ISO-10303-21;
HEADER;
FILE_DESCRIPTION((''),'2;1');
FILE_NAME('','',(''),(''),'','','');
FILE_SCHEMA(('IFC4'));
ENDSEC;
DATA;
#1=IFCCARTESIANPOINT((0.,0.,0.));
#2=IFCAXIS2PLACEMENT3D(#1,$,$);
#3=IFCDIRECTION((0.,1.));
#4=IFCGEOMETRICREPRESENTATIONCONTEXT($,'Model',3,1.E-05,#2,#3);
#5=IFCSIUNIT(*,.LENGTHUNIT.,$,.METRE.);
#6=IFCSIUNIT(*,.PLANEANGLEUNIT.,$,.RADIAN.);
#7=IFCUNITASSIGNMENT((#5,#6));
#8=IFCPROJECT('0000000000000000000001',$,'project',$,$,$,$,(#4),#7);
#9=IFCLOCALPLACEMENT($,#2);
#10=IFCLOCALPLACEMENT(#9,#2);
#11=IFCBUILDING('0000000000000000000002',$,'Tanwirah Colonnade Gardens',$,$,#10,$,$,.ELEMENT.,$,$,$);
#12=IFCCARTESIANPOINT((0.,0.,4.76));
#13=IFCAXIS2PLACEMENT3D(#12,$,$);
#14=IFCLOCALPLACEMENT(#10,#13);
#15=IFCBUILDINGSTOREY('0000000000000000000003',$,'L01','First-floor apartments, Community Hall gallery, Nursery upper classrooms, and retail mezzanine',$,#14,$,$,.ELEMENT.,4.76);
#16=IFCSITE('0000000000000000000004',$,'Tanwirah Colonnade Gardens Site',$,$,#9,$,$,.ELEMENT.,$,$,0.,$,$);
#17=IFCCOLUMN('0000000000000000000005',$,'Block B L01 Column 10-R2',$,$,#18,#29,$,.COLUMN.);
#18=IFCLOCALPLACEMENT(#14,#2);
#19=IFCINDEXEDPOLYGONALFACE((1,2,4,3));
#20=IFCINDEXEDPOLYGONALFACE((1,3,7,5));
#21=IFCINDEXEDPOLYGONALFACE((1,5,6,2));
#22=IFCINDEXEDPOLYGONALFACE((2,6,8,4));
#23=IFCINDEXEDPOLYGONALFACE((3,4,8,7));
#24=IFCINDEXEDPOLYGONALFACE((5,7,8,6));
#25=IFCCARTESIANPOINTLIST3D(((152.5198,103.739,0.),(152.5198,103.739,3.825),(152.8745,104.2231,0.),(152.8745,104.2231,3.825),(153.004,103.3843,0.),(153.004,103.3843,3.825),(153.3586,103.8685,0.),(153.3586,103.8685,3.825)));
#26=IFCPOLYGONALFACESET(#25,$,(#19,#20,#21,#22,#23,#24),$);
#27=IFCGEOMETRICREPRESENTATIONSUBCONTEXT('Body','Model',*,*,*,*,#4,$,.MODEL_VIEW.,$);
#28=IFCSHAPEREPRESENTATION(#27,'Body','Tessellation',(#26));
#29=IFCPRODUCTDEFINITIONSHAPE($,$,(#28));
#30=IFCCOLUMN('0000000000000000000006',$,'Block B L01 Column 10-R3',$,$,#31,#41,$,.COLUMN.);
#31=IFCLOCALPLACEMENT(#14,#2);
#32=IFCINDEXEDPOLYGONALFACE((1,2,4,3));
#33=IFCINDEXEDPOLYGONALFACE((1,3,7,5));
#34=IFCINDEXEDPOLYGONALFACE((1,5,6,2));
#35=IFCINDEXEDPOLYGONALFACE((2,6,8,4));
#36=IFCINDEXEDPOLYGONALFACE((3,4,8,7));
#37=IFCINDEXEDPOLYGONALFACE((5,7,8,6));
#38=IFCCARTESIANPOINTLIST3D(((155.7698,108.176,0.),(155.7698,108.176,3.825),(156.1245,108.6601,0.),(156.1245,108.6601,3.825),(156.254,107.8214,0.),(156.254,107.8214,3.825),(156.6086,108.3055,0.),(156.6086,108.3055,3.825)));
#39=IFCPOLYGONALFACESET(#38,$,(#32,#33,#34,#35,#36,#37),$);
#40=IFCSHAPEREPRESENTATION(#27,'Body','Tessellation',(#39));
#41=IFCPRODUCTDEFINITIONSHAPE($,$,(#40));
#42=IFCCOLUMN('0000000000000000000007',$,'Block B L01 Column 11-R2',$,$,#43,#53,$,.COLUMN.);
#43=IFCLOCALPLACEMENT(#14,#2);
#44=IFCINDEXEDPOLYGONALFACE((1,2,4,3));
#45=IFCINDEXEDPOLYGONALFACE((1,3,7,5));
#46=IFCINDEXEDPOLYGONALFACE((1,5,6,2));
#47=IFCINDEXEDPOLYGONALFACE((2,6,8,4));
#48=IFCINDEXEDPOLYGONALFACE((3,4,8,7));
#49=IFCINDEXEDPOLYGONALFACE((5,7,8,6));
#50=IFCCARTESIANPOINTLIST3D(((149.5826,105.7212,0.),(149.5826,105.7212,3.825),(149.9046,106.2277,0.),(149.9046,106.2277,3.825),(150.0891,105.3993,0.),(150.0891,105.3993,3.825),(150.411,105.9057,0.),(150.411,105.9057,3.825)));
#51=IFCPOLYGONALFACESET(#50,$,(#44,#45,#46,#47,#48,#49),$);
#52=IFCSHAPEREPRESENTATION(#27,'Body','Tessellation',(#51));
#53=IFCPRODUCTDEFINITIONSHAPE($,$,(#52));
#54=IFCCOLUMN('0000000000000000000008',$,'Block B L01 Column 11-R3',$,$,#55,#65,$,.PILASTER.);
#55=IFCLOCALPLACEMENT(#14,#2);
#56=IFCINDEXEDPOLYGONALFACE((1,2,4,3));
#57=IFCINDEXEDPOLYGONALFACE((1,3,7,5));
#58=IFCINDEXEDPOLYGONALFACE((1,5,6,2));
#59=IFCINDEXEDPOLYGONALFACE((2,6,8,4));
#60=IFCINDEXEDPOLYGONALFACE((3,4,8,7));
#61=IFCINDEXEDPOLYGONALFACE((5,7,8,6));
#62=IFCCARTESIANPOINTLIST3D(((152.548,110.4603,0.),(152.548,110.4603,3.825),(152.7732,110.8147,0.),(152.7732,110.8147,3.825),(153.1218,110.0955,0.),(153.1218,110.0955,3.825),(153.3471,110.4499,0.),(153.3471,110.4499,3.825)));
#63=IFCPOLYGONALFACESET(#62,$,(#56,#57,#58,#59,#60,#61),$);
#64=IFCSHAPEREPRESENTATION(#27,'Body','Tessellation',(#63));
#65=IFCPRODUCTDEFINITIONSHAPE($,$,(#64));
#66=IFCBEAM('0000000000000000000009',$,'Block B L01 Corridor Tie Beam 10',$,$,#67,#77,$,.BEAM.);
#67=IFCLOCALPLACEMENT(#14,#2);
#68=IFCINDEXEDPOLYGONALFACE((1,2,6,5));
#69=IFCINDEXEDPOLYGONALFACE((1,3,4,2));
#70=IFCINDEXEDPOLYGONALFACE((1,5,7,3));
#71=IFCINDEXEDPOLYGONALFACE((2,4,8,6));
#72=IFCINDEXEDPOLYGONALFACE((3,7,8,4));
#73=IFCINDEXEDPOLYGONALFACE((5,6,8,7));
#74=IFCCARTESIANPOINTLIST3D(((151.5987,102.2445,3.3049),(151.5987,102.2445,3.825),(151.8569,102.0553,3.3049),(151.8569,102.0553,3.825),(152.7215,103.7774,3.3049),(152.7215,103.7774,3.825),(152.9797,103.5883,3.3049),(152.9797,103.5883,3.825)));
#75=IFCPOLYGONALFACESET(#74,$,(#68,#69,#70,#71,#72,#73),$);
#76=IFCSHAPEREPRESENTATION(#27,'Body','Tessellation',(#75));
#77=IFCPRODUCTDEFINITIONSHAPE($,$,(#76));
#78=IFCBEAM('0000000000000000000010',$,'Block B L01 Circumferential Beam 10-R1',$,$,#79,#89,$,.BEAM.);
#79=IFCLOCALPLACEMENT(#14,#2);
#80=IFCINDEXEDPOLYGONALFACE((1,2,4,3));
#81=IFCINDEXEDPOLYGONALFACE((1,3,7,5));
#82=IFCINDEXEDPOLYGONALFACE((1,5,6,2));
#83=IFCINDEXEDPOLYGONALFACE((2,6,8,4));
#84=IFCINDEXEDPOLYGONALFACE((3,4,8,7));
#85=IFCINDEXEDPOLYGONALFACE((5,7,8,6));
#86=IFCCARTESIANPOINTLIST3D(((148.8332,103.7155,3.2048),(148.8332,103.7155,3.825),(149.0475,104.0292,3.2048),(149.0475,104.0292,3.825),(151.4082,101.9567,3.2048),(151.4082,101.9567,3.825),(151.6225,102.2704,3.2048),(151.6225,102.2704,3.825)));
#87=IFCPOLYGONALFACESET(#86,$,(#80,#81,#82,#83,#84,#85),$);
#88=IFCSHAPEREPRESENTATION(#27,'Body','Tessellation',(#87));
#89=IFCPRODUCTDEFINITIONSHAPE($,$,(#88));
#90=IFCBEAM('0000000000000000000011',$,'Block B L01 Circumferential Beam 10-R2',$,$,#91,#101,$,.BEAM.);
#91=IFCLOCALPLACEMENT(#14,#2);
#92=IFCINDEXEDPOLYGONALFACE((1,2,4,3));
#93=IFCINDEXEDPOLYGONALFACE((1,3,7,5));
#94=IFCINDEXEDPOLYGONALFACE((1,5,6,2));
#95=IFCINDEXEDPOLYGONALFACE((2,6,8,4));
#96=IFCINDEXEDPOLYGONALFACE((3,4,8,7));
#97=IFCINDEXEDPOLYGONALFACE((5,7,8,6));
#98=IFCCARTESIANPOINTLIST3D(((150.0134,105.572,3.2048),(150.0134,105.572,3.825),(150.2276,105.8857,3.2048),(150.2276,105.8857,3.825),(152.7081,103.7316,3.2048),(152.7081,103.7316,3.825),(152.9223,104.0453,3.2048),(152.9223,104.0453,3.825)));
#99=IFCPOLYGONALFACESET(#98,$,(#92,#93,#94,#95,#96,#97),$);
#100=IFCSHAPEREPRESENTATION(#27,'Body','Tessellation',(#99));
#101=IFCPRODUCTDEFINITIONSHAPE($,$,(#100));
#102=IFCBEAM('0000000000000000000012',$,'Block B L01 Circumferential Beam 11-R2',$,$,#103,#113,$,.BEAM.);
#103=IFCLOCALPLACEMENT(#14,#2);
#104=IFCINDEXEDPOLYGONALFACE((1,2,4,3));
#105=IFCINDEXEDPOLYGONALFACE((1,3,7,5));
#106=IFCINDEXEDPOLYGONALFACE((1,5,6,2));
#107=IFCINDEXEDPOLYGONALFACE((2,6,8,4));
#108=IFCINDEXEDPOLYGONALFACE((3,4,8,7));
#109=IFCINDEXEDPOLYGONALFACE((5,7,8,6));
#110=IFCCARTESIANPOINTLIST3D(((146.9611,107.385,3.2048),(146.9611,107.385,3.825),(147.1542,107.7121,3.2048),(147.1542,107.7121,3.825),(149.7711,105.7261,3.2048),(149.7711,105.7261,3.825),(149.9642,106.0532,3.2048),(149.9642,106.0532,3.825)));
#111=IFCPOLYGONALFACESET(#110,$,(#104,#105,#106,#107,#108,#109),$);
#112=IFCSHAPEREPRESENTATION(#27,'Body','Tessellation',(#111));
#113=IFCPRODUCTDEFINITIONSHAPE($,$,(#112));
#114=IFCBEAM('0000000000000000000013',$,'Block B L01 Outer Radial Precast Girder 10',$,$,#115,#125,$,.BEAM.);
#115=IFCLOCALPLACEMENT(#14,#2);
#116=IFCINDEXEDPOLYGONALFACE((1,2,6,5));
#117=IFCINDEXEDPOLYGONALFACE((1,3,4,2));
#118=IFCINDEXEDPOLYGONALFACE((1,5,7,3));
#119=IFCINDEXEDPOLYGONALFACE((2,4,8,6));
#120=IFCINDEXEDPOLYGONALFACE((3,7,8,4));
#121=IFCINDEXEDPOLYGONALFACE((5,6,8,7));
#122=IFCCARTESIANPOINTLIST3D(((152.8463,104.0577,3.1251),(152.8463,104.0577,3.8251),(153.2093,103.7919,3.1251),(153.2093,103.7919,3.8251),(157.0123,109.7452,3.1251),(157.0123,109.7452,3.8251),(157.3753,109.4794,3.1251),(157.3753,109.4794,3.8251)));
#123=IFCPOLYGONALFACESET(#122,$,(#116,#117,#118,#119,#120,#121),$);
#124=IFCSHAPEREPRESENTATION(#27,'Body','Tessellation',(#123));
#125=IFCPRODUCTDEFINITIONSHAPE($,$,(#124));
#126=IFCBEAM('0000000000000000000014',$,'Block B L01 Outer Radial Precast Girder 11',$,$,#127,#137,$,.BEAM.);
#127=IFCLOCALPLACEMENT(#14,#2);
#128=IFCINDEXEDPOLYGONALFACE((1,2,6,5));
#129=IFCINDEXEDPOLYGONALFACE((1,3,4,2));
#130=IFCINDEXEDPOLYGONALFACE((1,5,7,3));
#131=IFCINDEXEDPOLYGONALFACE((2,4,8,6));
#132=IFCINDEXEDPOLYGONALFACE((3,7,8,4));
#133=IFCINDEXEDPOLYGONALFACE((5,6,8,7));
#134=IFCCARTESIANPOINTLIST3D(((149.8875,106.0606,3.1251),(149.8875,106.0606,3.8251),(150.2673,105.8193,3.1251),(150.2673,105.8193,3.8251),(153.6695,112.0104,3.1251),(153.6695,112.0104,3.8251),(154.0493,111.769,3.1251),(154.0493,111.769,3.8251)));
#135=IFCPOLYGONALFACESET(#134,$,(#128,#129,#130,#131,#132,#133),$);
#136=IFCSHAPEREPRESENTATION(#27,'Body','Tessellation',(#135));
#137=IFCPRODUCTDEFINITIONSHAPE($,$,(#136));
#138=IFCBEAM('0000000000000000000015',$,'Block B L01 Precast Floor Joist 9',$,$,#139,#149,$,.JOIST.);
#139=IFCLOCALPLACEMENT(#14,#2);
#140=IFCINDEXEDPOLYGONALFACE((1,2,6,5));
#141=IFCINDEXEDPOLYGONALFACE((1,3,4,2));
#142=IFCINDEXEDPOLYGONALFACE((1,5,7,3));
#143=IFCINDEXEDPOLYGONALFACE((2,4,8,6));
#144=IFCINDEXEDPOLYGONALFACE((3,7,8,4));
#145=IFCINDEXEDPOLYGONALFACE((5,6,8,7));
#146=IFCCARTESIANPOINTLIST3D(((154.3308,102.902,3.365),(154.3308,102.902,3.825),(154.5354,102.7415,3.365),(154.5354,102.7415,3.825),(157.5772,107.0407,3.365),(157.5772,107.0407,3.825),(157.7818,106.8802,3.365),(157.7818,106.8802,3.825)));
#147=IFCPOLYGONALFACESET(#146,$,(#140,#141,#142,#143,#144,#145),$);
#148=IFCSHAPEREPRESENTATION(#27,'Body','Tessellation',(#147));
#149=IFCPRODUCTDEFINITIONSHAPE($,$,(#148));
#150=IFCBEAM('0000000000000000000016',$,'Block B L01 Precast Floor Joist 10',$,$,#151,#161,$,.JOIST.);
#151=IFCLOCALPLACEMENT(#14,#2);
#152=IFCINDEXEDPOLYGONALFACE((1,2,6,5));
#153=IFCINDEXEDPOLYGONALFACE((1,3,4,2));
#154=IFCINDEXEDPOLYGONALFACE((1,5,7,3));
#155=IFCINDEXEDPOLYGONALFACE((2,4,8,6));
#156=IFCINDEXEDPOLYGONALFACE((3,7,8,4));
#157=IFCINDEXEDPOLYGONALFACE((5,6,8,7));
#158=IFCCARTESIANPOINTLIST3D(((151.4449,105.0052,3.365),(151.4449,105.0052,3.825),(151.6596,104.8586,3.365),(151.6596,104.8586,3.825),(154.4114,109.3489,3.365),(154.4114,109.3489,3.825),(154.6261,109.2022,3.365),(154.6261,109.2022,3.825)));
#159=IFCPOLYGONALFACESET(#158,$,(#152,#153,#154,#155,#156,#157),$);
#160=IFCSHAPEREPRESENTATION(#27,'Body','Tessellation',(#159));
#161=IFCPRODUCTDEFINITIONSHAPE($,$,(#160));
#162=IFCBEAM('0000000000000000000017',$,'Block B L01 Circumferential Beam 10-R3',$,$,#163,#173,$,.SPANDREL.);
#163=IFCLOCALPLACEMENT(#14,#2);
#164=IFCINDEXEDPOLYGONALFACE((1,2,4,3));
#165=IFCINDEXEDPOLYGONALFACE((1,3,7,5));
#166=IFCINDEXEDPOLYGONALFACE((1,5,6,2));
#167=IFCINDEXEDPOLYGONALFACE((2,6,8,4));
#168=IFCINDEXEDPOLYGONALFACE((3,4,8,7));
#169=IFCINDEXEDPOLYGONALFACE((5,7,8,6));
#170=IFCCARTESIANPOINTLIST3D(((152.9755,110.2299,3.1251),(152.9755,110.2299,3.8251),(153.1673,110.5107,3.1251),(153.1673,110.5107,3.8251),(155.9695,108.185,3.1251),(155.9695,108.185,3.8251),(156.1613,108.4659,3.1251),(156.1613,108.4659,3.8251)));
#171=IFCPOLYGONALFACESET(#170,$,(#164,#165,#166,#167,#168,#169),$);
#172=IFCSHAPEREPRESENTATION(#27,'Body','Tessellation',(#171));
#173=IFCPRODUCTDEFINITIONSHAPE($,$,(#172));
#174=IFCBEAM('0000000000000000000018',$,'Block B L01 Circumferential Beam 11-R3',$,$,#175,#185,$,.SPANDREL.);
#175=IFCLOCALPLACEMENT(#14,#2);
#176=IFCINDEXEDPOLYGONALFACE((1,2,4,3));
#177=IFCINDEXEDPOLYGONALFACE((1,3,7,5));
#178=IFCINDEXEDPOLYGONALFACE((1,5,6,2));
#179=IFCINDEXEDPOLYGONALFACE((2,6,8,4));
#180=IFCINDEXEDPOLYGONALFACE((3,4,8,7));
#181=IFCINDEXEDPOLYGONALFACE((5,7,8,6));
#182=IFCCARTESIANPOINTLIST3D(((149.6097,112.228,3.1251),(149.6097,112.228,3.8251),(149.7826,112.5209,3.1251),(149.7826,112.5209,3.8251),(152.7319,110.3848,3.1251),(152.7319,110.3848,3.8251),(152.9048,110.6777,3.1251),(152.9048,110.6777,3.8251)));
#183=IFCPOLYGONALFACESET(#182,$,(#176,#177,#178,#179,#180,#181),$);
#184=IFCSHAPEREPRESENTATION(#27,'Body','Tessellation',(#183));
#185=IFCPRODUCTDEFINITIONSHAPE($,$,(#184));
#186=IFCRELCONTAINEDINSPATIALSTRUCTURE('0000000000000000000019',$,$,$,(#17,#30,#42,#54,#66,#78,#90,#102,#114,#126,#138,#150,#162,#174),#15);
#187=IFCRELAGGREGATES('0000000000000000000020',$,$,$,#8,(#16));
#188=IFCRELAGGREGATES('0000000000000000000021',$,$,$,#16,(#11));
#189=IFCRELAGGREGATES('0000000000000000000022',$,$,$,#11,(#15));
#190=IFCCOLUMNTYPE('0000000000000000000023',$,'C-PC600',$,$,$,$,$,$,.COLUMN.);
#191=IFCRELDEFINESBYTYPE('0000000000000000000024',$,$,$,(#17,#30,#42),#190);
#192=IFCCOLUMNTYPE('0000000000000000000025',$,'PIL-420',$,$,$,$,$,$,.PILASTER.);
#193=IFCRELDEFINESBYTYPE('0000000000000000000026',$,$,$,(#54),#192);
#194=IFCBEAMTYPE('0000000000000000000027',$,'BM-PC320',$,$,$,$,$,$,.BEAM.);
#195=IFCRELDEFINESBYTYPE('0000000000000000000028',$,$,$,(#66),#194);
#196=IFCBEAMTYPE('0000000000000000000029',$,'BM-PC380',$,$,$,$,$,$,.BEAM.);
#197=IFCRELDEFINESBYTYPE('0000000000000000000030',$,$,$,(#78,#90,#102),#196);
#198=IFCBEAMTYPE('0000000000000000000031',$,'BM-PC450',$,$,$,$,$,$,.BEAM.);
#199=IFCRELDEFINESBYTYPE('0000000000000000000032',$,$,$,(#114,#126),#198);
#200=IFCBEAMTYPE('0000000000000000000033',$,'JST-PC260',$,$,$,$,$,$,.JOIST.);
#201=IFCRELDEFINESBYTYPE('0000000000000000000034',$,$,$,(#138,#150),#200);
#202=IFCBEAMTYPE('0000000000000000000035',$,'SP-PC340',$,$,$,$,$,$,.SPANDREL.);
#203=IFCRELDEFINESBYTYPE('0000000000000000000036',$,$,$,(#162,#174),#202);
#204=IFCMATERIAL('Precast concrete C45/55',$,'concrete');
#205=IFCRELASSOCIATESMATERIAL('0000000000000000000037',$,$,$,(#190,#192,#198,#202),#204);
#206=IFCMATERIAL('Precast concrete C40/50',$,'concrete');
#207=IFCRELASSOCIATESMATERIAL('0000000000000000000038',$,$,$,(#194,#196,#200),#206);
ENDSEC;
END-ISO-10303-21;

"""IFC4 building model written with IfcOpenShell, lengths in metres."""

from ifc_helpers import new_model, si_unit, direction, frame, origin, origin_2d, place, context, subcontext, project, spatial, rectangle, extrude, material, material_profile, profile_set, type_object, element, save


model = new_model("IFC4")

# Units and contexts
model_context = context("Model", 3, precision=1e-05, world=origin(), true_north=direction((0.0, 1.0)))
body_context = subcontext(model_context, "Body", "Model", "MODEL_VIEW")
ifc_project = project(units=[si_unit("LENGTHUNIT", "METRE"), si_unit("PLANEANGLEUNIT", "RADIAN")], contexts=[model_context])

# Site, building, storey
site_placement = place(None, origin())
site = spatial("IfcSite", under=ifc_project, at=site_placement, Name="Tanwirah Colonnade Gardens Site", CompositionType="ELEMENT", RefElevation=0.0)
building_placement = place(site_placement, origin())
building = spatial("IfcBuilding", under=site, at=building_placement, Name="Tanwirah Colonnade Gardens", CompositionType="ELEMENT")
storey_placement = place(building_placement, frame((0.0, 0.0, 4.76)))
storey = spatial("IfcBuildingStorey", under=building, at=storey_placement, Name="L01", Description="First-floor apartments, Community Hall gallery, Nursery upper classrooms, and retail mezzanine", CompositionType="ELEMENT", Elevation=4.76)

# Columns
ifc_material_1 = material(Name="Precast concrete C45/55", Category="concrete")
ifc_material_profile_1 = material_profile(ifc_material_1, rectangle(XDim=0.6001, YDim=0.6001, at=origin_2d()), Name="PC-COL 600x600")
ifc_profile_set_1 = profile_set([ifc_material_profile_1], Name="Precast concrete C45/55")
column_type_1 = type_object("IfcColumnType", Name="C-PC600", PredefinedType="COLUMN", material=ifc_profile_set_1)
for number, where, z_axis, x_axis, name in (
    (1, (152.9392, 103.8037, 0.0), (0.0, 0.0, 1.0), (0.590919, 0.806731, 0.0), "Block B L01 Column 10-R2"),
    (2, (156.1892, 108.2407, 0.0), (0.0, 0.0, 1.0), (0.590919, 0.806731, 0.0), "Block B L01 Column 10-R3"),
    (3, (149.9968, 105.8135, 0.0), (0.0, 0.0, 1.0), (0.536482, 0.843912, 0.0), "Block B L01 Column 11-R2"),
):
    element("IfcColumn", number, at=place(storey_placement, frame(where, z_axis=z_axis, x_axis=x_axis)), inside=storey, type_object=column_type_1, Name=name, PredefinedType="COLUMN", context=body_context, shape_type="SweptSolid", body=[
        extrude(rectangle(XDim=0.6001, YDim=0.6001, at=origin_2d()), origin(), (0.0, 0.0, 1.0), 3.825),
    ])
ifc_material_profile_2 = material_profile(ifc_material_1, rectangle(XDim=0.4199, YDim=0.6799, at=origin_2d()), Name="PC-PIL 420x680")
ifc_profile_set_2 = profile_set([ifc_material_profile_2], Name="Precast concrete C45/55")
column_type_2 = type_object("IfcColumnType", Name="PIL-420", PredefinedType="PILASTER", material=ifc_profile_set_2)
column_placement = place(storey_placement, frame((152.9475, 110.4551, 0.0), z_axis=(0.0, 0.0, 1.0), x_axis=(0.536482, 0.843912, 0.0)))
element("IfcColumn", 4, at=column_placement, inside=storey, type_object=column_type_2, Name="Block B L01 Column 11-R3", PredefinedType="PILASTER", context=body_context, shape_type="SweptSolid", body=[
    extrude(rectangle(XDim=0.4199, YDim=0.6799, at=origin_2d()), origin(), (0.0, 0.0, 1.0), 3.825),
])

# Beams
ifc_material_2 = material(Name="Precast concrete C40/50", Category="concrete")
ifc_material_profile_3 = material_profile(ifc_material_2, rectangle(XDim=0.3201, YDim=0.52, at=origin_2d()), Name="PC-BM 320x520")
ifc_profile_set_3 = profile_set([ifc_material_profile_3], Name="Precast concrete C40/50")
beam_type_1 = type_object("IfcBeamType", Name="BM-PC320", PredefinedType="BEAM", material=ifc_profile_set_3)
beam_1_placement = place(storey_placement, frame((151.7278, 102.1499, 3.5649), z_axis=(0.590896, 0.806748, 0.0), x_axis=(-0.806748, 0.590896, 0.0)))
element("IfcBeam", 5, at=beam_1_placement, inside=storey, type_object=beam_type_1, Name="Block B L01 Corridor Tie Beam 10", PredefinedType="BEAM", context=body_context, shape_type="SweptSolid", body=[
    extrude(rectangle(XDim=0.3201, YDim=0.52, at=origin_2d()), origin(), (0.0, 0.0, 1.0), 1.9001),
])
ifc_material_profile_4 = material_profile(ifc_material_2, rectangle(XDim=0.3799, YDim=0.6201, at=origin_2d()), Name="PC-BM 380x620")
ifc_profile_set_4 = profile_set([ifc_material_profile_4], Name="Precast concrete C40/50")
beam_type_2 = type_object("IfcBeamType", Name="BM-PC380", PredefinedType="BEAM", material=ifc_profile_set_4)
beam_2_placement = place(storey_placement, frame((151.5154, 102.1135, 3.5149), z_axis=(-0.825758, 0.564024, 0.0), x_axis=(-0.564024, -0.825758, 0.0)))
element("IfcBeam", 6, at=beam_2_placement, inside=storey, type_object=beam_type_2, Name="Block B L01 Circumferential Beam 10-R1", PredefinedType="BEAM", context=body_context, shape_type="SweptSolid", body=[
    extrude(rectangle(XDim=0.3799, YDim=0.6201, at=origin_2d()), origin(), (0.0, 0.0, 1.0), 3.1184),
])
for number, where, z_axis, x_axis, name in (
    (7, (152.8152, 103.8884, 3.5149), (-0.825782, 0.563989, 0.0), (-0.563989, -0.825782, 0.0), "Block B L01 Circumferential Beam 10-R2"),
    (8, (149.8677, 105.8896, 3.5149), (-0.861135, 0.508376, 0.0), (-0.508376, -0.861135, 0.0), "Block B L01 Circumferential Beam 11-R2"),
):
    element("IfcBeam", number, at=place(storey_placement, frame(where, z_axis=z_axis, x_axis=x_axis)), inside=storey, type_object=beam_type_2, Name=name, PredefinedType="BEAM", context=body_context, shape_type="SweptSolid", body=[
        extrude(rectangle(XDim=0.3799, YDim=0.6201, at=origin_2d()), origin(), (0.0, 0.0, 1.0), 3.2632),
    ])
ifc_material_profile_5 = material_profile(ifc_material_1, rectangle(XDim=0.45, YDim=0.7, at=origin_2d()), Name="PC-BM 450x700")
ifc_profile_set_5 = profile_set([ifc_material_profile_5], Name="Precast concrete C45/55")
beam_type_3 = type_object("IfcBeamType", Name="BM-PC450", PredefinedType="BEAM", material=ifc_profile_set_5)
for number, where, z_axis, x_axis, name in (
    (9, (153.0278, 103.9248, 3.4751), (0.590919, 0.806731, 0.0), (-0.806731, 0.590919, 0.0), "Block B L01 Outer Radial Precast Girder 10"),
    (10, (150.0774, 105.9399, 3.4751), (0.536452, 0.843931, 0.0), (-0.843931, 0.536452, 0.0), "Block B L01 Outer Radial Precast Girder 11"),
):
    element("IfcBeam", number, at=place(storey_placement, frame(where, z_axis=z_axis, x_axis=x_axis)), inside=storey, type_object=beam_type_3, Name=name, PredefinedType="BEAM", context=body_context, shape_type="SweptSolid", body=[
        extrude(rectangle(XDim=0.45, YDim=0.7, at=origin_2d()), origin(), (0.0, 0.0, 1.0), 7.05),
    ])
ifc_material_profile_6 = material_profile(ifc_material_2, rectangle(XDim=0.26, YDim=0.46, at=origin_2d()), Name="PC-JST 260x460")
ifc_profile_set_6 = profile_set([ifc_material_profile_6], Name="Precast concrete C40/50")
beam_type_4 = type_object("IfcBeamType", Name="JST-PC260", PredefinedType="JOIST", material=ifc_profile_set_6)
for number, where, z_axis, x_axis, name in (
    (11, (154.4331, 102.8218, 3.595), (0.617178, 0.786824, 0.0), (-0.786824, 0.617178, 0.0), "Block B L01 Precast Floor Joist 9"),
    (12, (151.5522, 104.9319, 3.595), (0.563973, 0.825793, 0.0), (-0.825793, 0.563973, 0.0), "Block B L01 Precast Floor Joist 10"),
):
    element("IfcBeam", number, at=place(storey_placement, frame(where, z_axis=z_axis, x_axis=x_axis)), inside=storey, type_object=beam_type_4, Name=name, PredefinedType="JOIST", context=body_context, shape_type="SweptSolid", body=[
        extrude(rectangle(XDim=0.26, YDim=0.46, at=origin_2d()), origin(), (0.0, 0.0, 1.0), 5.26),
    ])
ifc_material_profile_7 = material_profile(ifc_material_1, rectangle(XDim=0.3401, YDim=0.7, at=origin_2d()), Name="PC-SP 340x700")
ifc_profile_set_7 = profile_set([ifc_material_profile_7], Name="Precast concrete C45/55")
beam_type_5 = type_object("IfcBeamType", Name="SP-PC340", PredefinedType="SPANDREL", material=ifc_profile_set_7)
for number, where, z_axis, x_axis, name in (
    (13, (156.0654, 108.3254, 3.4751), (-0.825783, 0.563989, 0.0), (-0.563989, -0.825783, 0.0), "Block B L01 Circumferential Beam 10-R3"),
    (14, (152.8184, 110.5312, 3.4751), (-0.861137, 0.508373, 0.0), (-0.508373, -0.861137, 0.0), "Block B L01 Circumferential Beam 11-R3"),
):
    element("IfcBeam", number, at=place(storey_placement, frame(where, z_axis=z_axis, x_axis=x_axis)), inside=storey, type_object=beam_type_5, Name=name, PredefinedType="SPANDREL", context=body_context, shape_type="SweptSolid", body=[
        extrude(rectangle(XDim=0.3401, YDim=0.7, at=origin_2d()), origin(), (0.0, 0.0, 1.0), 3.6257),
    ])

save(model, "model.ifc")
